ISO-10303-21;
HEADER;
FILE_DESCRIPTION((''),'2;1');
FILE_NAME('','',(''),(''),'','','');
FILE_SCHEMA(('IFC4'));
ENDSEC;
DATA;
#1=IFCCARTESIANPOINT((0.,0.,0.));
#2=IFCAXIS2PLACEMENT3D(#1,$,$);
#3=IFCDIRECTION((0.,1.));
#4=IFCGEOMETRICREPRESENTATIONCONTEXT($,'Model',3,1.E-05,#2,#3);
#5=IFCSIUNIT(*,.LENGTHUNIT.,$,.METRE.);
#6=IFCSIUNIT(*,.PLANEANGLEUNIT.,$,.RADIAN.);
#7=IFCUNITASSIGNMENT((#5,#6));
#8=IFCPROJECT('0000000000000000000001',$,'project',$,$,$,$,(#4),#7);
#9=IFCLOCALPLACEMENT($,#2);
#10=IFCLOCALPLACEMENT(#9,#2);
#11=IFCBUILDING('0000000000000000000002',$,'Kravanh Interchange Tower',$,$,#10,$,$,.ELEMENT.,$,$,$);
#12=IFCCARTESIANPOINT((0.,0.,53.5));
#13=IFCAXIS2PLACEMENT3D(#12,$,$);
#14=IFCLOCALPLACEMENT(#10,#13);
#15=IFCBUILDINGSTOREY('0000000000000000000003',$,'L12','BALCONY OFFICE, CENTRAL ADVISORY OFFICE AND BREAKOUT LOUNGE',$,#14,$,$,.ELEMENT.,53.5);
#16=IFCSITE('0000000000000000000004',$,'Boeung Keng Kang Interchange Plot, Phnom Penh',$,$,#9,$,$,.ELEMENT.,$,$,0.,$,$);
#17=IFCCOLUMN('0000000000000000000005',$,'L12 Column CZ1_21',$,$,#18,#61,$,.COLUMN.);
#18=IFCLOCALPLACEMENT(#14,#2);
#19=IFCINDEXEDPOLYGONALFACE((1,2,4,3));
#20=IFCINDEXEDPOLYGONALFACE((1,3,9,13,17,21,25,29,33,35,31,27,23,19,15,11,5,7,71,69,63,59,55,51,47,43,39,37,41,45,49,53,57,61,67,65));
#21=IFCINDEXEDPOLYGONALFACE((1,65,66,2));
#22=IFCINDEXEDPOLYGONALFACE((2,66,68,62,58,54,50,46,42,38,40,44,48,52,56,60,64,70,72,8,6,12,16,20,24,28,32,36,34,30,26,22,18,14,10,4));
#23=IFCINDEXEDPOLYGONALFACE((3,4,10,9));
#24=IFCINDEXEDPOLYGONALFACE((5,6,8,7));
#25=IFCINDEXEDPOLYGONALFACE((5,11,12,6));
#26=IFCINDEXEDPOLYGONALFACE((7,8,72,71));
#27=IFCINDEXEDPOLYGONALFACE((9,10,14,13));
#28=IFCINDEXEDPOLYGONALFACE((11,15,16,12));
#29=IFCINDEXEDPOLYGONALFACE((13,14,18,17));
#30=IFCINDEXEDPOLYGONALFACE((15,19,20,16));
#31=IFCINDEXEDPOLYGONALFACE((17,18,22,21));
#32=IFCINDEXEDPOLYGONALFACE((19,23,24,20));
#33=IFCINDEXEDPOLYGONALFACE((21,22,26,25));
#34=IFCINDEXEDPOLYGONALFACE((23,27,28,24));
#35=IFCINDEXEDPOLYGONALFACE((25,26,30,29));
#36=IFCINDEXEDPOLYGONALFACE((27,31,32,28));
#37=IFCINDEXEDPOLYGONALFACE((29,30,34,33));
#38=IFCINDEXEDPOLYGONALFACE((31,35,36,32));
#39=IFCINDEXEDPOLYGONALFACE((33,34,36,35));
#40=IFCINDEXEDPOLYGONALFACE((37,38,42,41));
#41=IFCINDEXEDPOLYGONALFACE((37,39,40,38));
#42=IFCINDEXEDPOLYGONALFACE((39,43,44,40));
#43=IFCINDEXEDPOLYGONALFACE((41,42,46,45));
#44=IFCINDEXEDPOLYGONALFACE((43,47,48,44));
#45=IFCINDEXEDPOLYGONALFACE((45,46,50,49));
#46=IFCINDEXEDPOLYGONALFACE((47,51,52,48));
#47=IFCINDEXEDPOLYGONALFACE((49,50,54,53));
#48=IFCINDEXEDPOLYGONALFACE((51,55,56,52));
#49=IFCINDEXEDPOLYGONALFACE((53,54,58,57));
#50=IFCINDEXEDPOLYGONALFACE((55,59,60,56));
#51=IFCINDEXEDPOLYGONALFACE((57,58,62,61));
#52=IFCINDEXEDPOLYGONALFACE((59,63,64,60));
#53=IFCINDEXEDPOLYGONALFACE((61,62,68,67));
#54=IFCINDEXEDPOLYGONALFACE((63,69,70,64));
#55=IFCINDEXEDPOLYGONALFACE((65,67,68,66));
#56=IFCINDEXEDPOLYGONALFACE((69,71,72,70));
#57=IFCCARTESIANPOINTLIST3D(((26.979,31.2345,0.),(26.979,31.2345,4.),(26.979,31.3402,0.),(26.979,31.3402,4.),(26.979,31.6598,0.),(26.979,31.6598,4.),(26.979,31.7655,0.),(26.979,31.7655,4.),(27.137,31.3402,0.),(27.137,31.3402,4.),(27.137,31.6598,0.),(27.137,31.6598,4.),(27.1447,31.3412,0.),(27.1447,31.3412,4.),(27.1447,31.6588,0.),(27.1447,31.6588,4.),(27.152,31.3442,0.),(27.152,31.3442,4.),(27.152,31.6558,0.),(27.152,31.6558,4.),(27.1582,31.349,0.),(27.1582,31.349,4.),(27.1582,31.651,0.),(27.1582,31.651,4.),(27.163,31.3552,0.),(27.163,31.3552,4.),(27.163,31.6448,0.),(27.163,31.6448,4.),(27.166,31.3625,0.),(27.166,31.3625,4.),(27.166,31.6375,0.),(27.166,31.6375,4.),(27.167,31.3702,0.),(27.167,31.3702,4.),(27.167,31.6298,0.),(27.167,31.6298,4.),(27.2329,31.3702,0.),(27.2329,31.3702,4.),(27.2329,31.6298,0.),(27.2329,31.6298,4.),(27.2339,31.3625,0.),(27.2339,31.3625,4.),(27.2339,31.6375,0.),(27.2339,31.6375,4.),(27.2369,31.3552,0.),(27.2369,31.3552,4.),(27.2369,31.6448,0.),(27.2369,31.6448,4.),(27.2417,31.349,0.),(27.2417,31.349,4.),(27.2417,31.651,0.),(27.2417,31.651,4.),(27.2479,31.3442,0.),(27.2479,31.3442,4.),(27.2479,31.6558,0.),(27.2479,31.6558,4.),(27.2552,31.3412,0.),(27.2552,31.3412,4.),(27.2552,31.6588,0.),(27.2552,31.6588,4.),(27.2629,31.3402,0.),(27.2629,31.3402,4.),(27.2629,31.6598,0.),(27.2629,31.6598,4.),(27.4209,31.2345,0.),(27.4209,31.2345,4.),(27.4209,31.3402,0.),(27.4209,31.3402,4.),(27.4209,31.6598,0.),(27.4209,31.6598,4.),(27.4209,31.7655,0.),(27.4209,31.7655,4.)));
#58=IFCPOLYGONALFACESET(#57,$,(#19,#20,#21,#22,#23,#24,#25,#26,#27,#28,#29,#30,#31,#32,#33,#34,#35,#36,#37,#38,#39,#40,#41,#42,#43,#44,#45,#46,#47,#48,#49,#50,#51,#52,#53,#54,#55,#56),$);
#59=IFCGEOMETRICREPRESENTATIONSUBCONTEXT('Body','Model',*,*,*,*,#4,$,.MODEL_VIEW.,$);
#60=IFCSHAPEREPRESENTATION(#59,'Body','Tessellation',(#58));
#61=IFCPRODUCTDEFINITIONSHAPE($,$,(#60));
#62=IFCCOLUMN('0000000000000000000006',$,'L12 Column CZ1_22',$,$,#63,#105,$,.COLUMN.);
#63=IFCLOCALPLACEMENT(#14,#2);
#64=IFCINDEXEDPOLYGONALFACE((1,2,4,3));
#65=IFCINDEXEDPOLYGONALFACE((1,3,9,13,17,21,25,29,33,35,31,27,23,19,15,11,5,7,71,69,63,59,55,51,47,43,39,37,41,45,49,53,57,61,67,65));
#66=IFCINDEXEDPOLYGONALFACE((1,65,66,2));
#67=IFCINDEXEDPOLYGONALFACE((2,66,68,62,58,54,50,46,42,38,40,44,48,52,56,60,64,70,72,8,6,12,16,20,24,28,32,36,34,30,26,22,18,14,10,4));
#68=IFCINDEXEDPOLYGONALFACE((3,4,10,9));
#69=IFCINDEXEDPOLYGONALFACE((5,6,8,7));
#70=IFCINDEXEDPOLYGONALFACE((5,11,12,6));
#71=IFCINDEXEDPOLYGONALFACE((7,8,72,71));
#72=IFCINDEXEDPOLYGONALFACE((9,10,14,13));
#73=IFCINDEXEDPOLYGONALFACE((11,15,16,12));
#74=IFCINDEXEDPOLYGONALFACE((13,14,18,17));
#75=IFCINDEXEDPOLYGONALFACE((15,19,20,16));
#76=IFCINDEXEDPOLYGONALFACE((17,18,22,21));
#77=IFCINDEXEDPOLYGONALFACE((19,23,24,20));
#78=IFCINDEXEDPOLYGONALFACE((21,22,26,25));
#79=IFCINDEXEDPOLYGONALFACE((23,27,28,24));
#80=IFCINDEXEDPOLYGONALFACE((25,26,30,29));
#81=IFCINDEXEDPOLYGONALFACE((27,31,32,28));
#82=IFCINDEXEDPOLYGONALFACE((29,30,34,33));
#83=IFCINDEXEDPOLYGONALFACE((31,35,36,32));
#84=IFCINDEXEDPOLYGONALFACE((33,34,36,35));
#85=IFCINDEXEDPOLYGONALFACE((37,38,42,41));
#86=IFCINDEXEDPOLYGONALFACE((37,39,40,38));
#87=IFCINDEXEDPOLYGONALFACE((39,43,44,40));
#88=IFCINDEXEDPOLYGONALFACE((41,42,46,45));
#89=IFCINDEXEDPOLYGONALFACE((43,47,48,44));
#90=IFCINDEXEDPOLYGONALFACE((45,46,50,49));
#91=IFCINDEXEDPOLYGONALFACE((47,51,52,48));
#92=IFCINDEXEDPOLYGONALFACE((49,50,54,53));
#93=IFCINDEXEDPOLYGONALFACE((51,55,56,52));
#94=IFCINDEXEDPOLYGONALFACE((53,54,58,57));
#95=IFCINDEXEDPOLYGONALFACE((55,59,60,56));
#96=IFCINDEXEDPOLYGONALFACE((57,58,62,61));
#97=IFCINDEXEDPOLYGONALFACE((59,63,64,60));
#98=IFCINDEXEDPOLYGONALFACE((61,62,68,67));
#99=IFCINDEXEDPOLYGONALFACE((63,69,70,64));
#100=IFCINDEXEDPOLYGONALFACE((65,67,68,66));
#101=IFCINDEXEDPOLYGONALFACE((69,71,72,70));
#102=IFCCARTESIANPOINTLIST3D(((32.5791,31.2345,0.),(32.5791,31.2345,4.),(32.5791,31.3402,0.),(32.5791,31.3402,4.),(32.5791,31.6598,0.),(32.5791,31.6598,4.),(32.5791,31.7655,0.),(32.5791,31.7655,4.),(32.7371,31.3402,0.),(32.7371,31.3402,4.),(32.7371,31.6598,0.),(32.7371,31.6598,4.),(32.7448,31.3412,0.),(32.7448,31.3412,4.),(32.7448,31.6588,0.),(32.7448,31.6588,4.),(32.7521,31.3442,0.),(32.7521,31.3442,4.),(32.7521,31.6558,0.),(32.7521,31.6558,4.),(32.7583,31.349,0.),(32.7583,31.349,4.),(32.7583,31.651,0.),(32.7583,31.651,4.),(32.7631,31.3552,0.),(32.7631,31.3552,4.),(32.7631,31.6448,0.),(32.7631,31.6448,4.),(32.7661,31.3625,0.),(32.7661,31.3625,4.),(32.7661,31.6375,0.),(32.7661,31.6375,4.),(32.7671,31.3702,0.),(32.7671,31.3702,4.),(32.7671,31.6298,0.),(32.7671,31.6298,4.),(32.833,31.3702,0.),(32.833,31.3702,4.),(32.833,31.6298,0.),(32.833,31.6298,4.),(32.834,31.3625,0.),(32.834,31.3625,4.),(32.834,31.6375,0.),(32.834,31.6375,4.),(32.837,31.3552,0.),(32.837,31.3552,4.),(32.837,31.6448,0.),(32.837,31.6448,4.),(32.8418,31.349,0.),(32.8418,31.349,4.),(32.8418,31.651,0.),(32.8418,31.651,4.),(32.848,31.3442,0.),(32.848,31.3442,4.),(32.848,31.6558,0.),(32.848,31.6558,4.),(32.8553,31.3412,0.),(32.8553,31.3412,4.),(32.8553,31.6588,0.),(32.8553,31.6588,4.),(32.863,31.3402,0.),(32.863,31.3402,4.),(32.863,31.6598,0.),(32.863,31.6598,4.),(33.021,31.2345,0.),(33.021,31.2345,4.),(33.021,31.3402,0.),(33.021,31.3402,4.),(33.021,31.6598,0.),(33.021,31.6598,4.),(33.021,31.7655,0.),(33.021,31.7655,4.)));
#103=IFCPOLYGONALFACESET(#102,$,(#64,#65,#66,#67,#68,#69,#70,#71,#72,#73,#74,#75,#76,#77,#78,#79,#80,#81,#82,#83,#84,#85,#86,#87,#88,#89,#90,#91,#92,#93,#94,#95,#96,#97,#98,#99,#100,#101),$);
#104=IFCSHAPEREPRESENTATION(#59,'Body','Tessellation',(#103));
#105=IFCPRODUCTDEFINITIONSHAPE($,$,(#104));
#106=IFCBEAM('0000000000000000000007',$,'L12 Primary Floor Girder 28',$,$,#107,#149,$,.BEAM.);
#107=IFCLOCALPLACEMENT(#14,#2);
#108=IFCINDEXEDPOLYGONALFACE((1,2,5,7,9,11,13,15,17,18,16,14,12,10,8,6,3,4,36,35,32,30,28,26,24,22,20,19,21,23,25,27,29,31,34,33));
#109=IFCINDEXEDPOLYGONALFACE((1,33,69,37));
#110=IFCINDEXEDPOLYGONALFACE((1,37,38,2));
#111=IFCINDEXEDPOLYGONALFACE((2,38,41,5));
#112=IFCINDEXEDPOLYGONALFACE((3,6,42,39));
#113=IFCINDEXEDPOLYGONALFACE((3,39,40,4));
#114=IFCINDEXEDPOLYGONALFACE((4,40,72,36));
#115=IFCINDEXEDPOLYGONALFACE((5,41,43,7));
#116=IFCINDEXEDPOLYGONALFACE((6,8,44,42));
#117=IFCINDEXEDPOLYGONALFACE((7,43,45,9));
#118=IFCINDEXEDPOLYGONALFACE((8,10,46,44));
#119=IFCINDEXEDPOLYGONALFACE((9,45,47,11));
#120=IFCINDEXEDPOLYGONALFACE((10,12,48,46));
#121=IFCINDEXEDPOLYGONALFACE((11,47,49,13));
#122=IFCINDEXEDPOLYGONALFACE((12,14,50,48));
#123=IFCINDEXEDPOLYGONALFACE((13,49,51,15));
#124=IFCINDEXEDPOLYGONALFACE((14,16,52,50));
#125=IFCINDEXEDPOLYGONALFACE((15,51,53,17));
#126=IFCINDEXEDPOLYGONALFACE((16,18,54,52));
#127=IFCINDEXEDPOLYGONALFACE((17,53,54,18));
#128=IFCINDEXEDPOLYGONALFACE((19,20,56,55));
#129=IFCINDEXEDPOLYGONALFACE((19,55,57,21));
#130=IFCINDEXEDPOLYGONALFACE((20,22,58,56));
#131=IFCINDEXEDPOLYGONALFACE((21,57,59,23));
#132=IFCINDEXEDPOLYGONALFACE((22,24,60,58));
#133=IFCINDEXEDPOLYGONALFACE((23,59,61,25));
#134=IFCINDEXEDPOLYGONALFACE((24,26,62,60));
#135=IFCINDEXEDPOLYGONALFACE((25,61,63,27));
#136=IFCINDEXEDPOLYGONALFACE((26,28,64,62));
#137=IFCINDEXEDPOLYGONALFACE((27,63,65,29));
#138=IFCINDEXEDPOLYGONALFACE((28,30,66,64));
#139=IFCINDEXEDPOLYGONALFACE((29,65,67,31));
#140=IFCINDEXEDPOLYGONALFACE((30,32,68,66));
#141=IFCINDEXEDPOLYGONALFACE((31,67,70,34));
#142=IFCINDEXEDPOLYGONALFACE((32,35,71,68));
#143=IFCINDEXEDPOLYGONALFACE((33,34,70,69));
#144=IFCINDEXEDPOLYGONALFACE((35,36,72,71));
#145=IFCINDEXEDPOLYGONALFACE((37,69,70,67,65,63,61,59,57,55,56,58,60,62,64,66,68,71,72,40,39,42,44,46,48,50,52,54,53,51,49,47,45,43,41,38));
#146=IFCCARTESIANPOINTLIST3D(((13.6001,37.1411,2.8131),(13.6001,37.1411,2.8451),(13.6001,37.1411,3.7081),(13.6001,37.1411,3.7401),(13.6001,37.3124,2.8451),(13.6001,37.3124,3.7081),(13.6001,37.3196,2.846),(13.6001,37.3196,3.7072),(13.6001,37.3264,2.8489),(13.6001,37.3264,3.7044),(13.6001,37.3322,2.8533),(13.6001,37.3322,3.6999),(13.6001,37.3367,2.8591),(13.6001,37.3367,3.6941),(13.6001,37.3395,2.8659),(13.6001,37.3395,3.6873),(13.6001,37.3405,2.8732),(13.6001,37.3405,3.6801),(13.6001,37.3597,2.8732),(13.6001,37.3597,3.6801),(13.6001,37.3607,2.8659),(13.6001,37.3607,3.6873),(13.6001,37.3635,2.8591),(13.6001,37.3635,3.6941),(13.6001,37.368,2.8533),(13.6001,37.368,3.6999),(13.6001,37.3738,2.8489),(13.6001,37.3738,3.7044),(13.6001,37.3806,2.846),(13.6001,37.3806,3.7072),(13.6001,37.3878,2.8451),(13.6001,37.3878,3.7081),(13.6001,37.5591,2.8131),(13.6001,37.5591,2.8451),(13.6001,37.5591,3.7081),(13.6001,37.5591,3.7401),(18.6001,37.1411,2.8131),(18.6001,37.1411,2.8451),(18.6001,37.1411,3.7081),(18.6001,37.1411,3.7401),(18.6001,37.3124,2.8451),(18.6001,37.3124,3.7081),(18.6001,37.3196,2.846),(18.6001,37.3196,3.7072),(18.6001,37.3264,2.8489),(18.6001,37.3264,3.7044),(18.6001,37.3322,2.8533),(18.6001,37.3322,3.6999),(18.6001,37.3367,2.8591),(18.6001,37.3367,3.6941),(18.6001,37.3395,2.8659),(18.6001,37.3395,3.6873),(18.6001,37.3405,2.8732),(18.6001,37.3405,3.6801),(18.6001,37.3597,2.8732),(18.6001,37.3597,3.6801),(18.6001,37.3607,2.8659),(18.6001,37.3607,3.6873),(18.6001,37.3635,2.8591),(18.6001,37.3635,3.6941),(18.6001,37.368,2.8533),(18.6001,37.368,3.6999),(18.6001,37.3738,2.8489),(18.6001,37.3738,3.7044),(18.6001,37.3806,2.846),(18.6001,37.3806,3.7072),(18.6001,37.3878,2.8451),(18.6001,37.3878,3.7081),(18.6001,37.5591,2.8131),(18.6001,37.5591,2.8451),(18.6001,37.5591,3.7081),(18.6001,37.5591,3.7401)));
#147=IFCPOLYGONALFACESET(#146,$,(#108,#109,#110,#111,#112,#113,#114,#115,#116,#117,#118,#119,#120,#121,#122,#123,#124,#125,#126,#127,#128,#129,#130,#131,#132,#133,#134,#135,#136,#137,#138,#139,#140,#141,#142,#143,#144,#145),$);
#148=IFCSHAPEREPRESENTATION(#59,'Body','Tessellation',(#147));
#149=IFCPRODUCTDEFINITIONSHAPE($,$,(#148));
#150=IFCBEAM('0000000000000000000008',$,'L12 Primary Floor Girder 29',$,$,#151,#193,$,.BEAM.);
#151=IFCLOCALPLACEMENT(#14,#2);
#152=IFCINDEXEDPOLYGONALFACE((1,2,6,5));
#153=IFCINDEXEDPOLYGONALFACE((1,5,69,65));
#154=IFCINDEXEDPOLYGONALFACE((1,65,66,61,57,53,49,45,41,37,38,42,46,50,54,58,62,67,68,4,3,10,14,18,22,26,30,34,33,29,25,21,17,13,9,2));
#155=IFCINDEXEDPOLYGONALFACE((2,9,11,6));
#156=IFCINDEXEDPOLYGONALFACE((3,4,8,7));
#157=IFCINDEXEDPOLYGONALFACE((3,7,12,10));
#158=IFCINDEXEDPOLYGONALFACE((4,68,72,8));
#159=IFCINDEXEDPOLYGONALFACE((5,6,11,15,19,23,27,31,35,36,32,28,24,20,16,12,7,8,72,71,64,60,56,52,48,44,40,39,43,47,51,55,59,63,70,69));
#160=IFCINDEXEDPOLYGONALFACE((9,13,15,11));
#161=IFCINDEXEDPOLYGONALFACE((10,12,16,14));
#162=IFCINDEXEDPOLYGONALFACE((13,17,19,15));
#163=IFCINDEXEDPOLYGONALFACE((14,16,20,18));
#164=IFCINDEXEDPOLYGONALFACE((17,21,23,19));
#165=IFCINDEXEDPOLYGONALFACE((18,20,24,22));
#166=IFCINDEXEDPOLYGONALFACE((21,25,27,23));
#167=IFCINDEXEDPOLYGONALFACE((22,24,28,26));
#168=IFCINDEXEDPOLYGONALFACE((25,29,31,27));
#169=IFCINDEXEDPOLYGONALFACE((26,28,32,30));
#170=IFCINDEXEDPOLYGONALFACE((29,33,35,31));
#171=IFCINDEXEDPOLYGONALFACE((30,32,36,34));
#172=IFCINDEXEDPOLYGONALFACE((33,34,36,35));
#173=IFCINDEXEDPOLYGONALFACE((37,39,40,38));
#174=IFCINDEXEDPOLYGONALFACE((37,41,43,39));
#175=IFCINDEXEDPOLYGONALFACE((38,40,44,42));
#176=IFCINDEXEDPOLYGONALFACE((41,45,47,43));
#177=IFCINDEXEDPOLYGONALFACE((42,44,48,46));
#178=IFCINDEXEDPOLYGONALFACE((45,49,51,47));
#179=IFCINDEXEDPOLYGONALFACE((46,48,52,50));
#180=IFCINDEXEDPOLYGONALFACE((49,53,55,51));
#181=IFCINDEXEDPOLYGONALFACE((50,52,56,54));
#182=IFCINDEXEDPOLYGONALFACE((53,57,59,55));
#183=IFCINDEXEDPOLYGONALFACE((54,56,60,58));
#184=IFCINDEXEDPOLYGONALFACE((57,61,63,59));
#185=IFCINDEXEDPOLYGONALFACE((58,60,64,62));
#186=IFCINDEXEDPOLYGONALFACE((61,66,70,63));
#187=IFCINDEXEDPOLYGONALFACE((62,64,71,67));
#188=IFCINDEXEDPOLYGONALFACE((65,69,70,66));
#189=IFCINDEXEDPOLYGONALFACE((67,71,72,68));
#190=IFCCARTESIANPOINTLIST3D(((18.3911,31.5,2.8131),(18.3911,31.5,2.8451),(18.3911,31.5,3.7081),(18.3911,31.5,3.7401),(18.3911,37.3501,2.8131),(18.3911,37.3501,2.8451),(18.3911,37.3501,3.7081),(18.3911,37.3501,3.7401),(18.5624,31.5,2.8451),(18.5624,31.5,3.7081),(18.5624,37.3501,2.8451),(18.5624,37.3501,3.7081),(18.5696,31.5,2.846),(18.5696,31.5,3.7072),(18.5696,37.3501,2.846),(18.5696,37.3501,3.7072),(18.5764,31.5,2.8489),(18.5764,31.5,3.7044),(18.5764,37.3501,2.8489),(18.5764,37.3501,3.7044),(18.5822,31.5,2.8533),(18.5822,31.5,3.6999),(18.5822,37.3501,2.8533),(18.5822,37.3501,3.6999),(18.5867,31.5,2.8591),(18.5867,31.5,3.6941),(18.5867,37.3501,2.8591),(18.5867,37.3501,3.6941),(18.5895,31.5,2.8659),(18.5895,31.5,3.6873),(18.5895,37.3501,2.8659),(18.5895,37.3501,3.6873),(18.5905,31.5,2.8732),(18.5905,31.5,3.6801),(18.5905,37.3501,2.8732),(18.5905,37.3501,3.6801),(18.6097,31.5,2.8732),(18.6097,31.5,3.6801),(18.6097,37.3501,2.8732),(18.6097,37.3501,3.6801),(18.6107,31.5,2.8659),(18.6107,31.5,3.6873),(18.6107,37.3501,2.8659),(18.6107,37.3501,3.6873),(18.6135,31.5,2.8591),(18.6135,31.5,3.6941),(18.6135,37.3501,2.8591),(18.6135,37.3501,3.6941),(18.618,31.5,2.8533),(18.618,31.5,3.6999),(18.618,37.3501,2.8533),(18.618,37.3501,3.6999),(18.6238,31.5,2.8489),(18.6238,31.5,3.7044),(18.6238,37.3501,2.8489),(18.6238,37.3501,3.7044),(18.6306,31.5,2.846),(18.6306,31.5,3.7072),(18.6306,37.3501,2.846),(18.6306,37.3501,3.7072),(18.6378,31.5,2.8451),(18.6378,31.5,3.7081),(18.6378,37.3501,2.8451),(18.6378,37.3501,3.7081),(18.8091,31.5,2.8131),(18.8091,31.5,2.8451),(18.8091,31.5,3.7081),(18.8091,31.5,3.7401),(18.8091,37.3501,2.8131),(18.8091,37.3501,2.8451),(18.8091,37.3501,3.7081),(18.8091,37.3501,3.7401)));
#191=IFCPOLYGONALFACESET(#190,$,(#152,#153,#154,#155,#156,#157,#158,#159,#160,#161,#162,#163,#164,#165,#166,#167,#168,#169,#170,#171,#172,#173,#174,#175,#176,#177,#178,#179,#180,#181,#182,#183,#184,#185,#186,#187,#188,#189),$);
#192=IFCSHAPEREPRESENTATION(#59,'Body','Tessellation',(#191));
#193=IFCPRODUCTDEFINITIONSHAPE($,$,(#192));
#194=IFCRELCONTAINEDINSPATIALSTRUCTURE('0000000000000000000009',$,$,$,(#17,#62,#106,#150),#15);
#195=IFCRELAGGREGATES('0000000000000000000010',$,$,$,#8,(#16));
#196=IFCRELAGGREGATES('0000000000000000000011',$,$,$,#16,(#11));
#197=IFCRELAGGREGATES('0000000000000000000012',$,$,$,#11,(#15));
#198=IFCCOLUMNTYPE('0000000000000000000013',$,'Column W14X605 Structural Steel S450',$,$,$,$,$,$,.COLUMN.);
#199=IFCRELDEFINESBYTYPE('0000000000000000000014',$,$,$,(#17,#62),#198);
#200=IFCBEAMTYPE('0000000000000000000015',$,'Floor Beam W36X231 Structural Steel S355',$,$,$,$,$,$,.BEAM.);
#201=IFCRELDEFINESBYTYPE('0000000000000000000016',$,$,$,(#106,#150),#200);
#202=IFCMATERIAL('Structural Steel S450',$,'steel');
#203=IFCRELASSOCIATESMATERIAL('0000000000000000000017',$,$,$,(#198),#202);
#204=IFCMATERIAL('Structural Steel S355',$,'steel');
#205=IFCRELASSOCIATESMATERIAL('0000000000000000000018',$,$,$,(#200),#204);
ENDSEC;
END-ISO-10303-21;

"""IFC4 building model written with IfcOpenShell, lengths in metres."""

from ifc_helpers import new_model, si_unit, direction, frame, origin, origin_2d, place, context, subcontext, project, spatial, i_section, extrude, material, material_profile, profile_set, type_object, element, save


model = new_model("IFC4")

# Units and contexts
model_context = context("Model", 3, precision=1e-05, world=origin(), true_north=direction((0.0, 1.0)))
body_context = subcontext(model_context, "Body", "Model", "MODEL_VIEW")
ifc_project = project(units=[si_unit("LENGTHUNIT", "METRE"), si_unit("PLANEANGLEUNIT", "RADIAN")], contexts=[model_context])

# Site, building, storey
site_placement = place(None, origin())
site = spatial("IfcSite", under=ifc_project, at=site_placement, Name="Boeung Keng Kang Interchange Plot, Phnom Penh", CompositionType="ELEMENT", RefElevation=0.0)
building_placement = place(site_placement, origin())
building = spatial("IfcBuilding", under=site, at=building_placement, Name="Kravanh Interchange Tower", CompositionType="ELEMENT")
storey_placement = place(building_placement, frame((0.0, 0.0, 53.5)))
storey = spatial("IfcBuildingStorey", under=building, at=storey_placement, Name="L12", Description="BALCONY OFFICE, CENTRAL ADVISORY OFFICE AND BREAKOUT LOUNGE", CompositionType="ELEMENT", Elevation=53.5)

# Columns
ifc_material_1 = material(Name="Structural Steel S450", Category="steel")
ifc_material_profile_1 = material_profile(ifc_material_1, i_section(OverallWidth=0.4419, OverallDepth=0.531, WebThickness=0.0659, FlangeThickness=0.1057, FilletRadius=0.03, at=origin_2d()), Name="W14X605")
ifc_profile_set_1 = profile_set([ifc_material_profile_1], Name="Structural Steel S450")
column_type_1 = type_object("IfcColumnType", Name="Column W14X605 Structural Steel S450", PredefinedType="COLUMN", material=ifc_profile_set_1)
for number, where, z_axis, x_axis, name in (
    (1, (27.2, 31.5, 0.0), (0.0, 0.0, 1.0), (1.0, 0.0, 0.0), "L12 Column CZ1_21"),
    (2, (32.8, 31.5, 0.0), (0.0, 0.0, 1.0), (1.0, 0.0, 0.0), "L12 Column CZ1_22"),
):
    element("IfcColumn", number, at=place(storey_placement, frame(where, z_axis=z_axis, x_axis=x_axis)), inside=storey, type_object=column_type_1, Name=name, PredefinedType="COLUMN", context=body_context, shape_type="SweptSolid", body=[
        extrude(i_section(OverallWidth=0.4419, OverallDepth=0.531, WebThickness=0.0659, FlangeThickness=0.1057, FilletRadius=0.03, at=origin_2d()), origin(), (0.0, 0.0, 1.0), 4.0),
    ])

# Beams
ifc_material_2 = material(Name="Structural Steel S355", Category="steel")
ifc_material_profile_2 = material_profile(ifc_material_2, i_section(OverallWidth=0.418, OverallDepth=0.927, WebThickness=0.0193, FlangeThickness=0.032, FilletRadius=0.0281, at=origin_2d()), Name="W36X231")
ifc_profile_set_2 = profile_set([ifc_material_profile_2], Name="Structural Steel S355")
beam_type_1 = type_object("IfcBeamType", Name="Floor Beam W36X231 Structural Steel S355", PredefinedType="BEAM", material=ifc_profile_set_2)
beam_1_placement = place(storey_placement, frame((18.6001, 37.3501, 3.2766), z_axis=(-1.0, 0.0, 0.0), x_axis=(0.0, -1.0, 0.0)))
element("IfcBeam", 3, at=beam_1_placement, inside=storey, type_object=beam_type_1, Name="L12 Primary Floor Girder 28", PredefinedType="BEAM", context=body_context, shape_type="SweptSolid", body=[
    extrude(i_section(OverallWidth=0.418, OverallDepth=0.927, WebThickness=0.0193, FlangeThickness=0.032, FilletRadius=0.0281, at=origin_2d()), origin(), (0.0, 0.0, 1.0), 5.0),
])
beam_2_placement = place(storey_placement, frame((18.6001, 37.3501, 3.2766), z_axis=(0.0, -1.0, 0.0), x_axis=(1.0, 0.0, 0.0)))
element("IfcBeam", 4, at=beam_2_placement, inside=storey, type_object=beam_type_1, Name="L12 Primary Floor Girder 29", PredefinedType="BEAM", context=body_context, shape_type="SweptSolid", body=[
    extrude(i_section(OverallWidth=0.418, OverallDepth=0.927, WebThickness=0.0193, FlangeThickness=0.032, FilletRadius=0.0281, at=origin_2d()), origin(), (0.0, 0.0, 1.0), 5.8501),
])

save(model, "model.ifc")
